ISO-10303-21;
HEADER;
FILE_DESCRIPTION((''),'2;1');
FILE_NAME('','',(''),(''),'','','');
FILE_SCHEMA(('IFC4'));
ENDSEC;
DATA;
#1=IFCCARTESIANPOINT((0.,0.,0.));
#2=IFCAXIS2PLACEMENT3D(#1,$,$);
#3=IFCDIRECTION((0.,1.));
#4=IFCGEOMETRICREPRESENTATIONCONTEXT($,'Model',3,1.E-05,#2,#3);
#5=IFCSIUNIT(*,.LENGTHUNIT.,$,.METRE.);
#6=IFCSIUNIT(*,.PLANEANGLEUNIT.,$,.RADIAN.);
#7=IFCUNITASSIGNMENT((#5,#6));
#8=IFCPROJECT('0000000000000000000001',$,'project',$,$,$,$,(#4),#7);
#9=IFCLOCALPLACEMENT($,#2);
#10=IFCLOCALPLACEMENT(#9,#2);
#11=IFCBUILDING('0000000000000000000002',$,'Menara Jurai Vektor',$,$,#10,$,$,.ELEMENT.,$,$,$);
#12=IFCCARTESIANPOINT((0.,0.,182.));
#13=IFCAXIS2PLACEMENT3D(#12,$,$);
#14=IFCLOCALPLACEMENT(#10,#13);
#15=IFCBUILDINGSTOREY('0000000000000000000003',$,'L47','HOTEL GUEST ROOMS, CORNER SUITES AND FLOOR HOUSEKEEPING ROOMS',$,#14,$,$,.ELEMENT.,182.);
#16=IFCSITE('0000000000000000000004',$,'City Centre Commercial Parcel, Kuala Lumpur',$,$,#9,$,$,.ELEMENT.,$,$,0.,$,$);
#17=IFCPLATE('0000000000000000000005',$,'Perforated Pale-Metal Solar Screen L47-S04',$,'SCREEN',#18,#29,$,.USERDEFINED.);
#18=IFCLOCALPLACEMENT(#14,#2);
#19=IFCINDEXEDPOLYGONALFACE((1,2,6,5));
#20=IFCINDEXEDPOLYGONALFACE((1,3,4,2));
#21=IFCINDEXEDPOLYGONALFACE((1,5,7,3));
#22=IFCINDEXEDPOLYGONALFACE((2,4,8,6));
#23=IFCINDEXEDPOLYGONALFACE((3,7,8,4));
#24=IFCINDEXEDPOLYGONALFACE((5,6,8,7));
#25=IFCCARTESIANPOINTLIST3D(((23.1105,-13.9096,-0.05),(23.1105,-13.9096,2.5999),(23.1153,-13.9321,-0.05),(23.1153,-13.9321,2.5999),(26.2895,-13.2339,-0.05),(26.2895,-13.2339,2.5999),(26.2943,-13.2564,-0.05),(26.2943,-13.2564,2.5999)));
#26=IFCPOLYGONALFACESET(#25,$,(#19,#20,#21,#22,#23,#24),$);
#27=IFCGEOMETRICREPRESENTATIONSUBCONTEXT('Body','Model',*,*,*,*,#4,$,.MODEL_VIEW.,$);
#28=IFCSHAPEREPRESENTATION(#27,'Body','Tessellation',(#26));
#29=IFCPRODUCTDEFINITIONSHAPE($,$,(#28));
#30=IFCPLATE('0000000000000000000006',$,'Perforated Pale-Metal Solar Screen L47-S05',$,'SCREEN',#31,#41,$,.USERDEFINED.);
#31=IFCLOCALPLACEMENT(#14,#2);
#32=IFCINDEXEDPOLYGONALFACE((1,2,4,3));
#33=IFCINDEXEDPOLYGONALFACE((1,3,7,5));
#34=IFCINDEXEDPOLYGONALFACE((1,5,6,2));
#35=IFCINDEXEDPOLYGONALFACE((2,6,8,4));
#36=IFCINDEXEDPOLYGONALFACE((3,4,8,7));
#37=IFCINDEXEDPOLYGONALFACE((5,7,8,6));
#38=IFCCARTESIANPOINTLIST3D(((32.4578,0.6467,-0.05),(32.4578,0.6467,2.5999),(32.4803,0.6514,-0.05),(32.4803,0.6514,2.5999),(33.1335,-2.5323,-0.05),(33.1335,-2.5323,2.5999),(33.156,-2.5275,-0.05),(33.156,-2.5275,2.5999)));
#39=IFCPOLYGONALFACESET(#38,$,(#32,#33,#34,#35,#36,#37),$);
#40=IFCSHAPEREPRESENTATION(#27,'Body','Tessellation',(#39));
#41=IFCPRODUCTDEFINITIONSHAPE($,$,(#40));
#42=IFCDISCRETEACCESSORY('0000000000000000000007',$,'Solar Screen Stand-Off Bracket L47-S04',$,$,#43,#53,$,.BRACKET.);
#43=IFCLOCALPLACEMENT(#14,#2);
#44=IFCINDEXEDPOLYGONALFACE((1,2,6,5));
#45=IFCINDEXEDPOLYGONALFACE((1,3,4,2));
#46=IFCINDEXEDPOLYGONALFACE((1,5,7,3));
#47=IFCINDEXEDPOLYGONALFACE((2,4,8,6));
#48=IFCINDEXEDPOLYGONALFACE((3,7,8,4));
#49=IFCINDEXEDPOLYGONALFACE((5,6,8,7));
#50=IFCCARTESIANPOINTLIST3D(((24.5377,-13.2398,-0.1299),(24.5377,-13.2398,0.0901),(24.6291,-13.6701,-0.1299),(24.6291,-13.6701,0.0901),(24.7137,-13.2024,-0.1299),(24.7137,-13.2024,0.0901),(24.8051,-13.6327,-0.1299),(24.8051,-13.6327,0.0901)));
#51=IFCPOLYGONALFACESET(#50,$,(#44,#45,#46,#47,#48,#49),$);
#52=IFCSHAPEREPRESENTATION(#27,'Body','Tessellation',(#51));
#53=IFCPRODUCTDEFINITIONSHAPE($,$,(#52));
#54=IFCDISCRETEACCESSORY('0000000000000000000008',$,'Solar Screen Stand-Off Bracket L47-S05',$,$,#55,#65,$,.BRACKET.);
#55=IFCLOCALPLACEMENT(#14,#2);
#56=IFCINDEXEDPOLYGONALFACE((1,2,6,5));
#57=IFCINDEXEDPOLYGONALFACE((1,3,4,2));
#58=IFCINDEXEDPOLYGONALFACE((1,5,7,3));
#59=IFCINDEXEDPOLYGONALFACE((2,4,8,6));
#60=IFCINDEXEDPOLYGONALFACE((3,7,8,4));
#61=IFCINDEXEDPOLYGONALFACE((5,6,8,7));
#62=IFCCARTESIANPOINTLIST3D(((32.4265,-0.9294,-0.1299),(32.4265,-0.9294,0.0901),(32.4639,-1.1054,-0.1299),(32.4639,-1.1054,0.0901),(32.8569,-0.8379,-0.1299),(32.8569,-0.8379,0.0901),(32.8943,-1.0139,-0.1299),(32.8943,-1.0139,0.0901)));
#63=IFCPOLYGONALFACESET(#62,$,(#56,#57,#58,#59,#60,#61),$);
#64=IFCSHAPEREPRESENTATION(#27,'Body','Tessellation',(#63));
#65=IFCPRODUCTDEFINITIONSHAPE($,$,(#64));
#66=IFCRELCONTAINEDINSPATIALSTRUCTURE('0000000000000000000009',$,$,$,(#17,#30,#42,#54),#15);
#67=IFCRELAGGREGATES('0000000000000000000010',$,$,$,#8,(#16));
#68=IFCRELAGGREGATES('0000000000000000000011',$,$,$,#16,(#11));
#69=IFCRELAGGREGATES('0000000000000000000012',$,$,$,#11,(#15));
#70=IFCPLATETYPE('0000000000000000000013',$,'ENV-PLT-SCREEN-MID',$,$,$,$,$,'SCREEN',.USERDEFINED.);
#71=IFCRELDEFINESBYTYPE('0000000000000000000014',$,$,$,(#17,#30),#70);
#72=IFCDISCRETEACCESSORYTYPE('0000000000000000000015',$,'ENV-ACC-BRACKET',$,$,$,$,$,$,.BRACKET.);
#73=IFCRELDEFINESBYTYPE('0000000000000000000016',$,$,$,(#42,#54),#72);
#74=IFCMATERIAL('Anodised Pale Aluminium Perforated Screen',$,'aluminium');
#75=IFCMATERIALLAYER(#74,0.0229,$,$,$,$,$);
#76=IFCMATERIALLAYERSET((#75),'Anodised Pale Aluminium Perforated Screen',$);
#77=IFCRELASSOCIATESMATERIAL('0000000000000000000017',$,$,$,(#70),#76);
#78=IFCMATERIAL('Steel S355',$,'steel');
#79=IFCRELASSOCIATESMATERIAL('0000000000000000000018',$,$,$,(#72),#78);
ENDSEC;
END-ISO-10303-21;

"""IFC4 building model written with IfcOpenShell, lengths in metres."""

from ifc_helpers import new_model, si_unit, direction, frame, origin, origin_2d, place, context, subcontext, project, spatial, rectangle, extrude, material, layer, layer_set, type_object, element, save


model = new_model("IFC4")

# Units and contexts
model_context = context("Model", 3, precision=1e-05, world=origin(), true_north=direction((0.0, 1.0)))
body_context = subcontext(model_context, "Body", "Model", "MODEL_VIEW")
ifc_project = project(units=[si_unit("LENGTHUNIT", "METRE"), si_unit("PLANEANGLEUNIT", "RADIAN")], contexts=[model_context])

# Site, building, storey
site_placement = place(None, origin())
site = spatial("IfcSite", under=ifc_project, at=site_placement, Name="City Centre Commercial Parcel, Kuala Lumpur", CompositionType="ELEMENT", RefElevation=0.0)
building_placement = place(site_placement, origin())
building = spatial("IfcBuilding", under=site, at=building_placement, Name="Menara Jurai Vektor", CompositionType="ELEMENT")
storey_placement = place(building_placement, frame((0.0, 0.0, 182.0)))
storey = spatial("IfcBuildingStorey", under=building, at=storey_placement, Name="L47", Description="HOTEL GUEST ROOMS, CORNER SUITES AND FLOOR HOUSEKEEPING ROOMS", CompositionType="ELEMENT", Elevation=182.0)

# Shared definitions
ifc_material_1 = material(Name="Steel S355", Category="steel")

# Plates
ifc_material_2 = material(Name="Anodised Pale Aluminium Perforated Screen", Category="aluminium")
ifc_layer_1 = layer(ifc_material_2, 0.0229)
ifc_layer_set_1 = layer_set([ifc_layer_1], Name="Anodised Pale Aluminium Perforated Screen")
plate_type_1 = type_object("IfcPlateType", Name="ENV-PLT-SCREEN-MID", ElementType="SCREEN", PredefinedType="USERDEFINED", material=ifc_layer_set_1)
for number, where, z_axis, x_axis, name in (
    (1, (24.7024, -13.583, -0.05), (0.0, 0.0, 1.0), (0.978148, 0.207912, 0.0), "Perforated Pale-Metal Solar Screen L47-S04"),
    (2, (32.8069, -0.9404, -0.05), (0.0, 0.0, 1.0), (-0.207912, 0.978148, 0.0), "Perforated Pale-Metal Solar Screen L47-S05"),
):
    element("IfcPlate", number, at=place(storey_placement, frame(where, z_axis=z_axis, x_axis=x_axis)), inside=storey, type_object=plate_type_1, Name=name, ObjectType="SCREEN", PredefinedType="USERDEFINED", context=body_context, shape_type="SweptSolid", body=[
        extrude(rectangle(XDim=3.25, YDim=0.0229, at=origin_2d()), origin(), (0.0, 0.0, 1.0), 2.6499),
    ])

# Discrete accessories
discrete_accessory_type = type_object("IfcDiscreteAccessoryType", Name="ENV-ACC-BRACKET", PredefinedType="BRACKET", material=ifc_material_1)
for number, where, z_axis, x_axis, name in (
    (3, (24.6714, -13.4363, -0.1299), (0.0, 0.0, 1.0), (0.978148, 0.207912, 0.0), "Solar Screen Stand-Off Bracket L47-S04"),
    (4, (32.6604, -0.9717, -0.1299), (0.0, 0.0, 1.0), (-0.207912, 0.978148, 0.0), "Solar Screen Stand-Off Bracket L47-S05"),
):
    element("IfcDiscreteAccessory", number, at=place(storey_placement, frame(where, z_axis=z_axis, x_axis=x_axis)), inside=storey, type_object=discrete_accessory_type, Name=name, PredefinedType="BRACKET", context=body_context, shape_type="SweptSolid", body=[
        extrude(rectangle(XDim=0.1799, YDim=0.4399, at=origin_2d()), origin(), (0.0, 0.0, 1.0), 0.22),
    ])

save(model, "model.ifc")
